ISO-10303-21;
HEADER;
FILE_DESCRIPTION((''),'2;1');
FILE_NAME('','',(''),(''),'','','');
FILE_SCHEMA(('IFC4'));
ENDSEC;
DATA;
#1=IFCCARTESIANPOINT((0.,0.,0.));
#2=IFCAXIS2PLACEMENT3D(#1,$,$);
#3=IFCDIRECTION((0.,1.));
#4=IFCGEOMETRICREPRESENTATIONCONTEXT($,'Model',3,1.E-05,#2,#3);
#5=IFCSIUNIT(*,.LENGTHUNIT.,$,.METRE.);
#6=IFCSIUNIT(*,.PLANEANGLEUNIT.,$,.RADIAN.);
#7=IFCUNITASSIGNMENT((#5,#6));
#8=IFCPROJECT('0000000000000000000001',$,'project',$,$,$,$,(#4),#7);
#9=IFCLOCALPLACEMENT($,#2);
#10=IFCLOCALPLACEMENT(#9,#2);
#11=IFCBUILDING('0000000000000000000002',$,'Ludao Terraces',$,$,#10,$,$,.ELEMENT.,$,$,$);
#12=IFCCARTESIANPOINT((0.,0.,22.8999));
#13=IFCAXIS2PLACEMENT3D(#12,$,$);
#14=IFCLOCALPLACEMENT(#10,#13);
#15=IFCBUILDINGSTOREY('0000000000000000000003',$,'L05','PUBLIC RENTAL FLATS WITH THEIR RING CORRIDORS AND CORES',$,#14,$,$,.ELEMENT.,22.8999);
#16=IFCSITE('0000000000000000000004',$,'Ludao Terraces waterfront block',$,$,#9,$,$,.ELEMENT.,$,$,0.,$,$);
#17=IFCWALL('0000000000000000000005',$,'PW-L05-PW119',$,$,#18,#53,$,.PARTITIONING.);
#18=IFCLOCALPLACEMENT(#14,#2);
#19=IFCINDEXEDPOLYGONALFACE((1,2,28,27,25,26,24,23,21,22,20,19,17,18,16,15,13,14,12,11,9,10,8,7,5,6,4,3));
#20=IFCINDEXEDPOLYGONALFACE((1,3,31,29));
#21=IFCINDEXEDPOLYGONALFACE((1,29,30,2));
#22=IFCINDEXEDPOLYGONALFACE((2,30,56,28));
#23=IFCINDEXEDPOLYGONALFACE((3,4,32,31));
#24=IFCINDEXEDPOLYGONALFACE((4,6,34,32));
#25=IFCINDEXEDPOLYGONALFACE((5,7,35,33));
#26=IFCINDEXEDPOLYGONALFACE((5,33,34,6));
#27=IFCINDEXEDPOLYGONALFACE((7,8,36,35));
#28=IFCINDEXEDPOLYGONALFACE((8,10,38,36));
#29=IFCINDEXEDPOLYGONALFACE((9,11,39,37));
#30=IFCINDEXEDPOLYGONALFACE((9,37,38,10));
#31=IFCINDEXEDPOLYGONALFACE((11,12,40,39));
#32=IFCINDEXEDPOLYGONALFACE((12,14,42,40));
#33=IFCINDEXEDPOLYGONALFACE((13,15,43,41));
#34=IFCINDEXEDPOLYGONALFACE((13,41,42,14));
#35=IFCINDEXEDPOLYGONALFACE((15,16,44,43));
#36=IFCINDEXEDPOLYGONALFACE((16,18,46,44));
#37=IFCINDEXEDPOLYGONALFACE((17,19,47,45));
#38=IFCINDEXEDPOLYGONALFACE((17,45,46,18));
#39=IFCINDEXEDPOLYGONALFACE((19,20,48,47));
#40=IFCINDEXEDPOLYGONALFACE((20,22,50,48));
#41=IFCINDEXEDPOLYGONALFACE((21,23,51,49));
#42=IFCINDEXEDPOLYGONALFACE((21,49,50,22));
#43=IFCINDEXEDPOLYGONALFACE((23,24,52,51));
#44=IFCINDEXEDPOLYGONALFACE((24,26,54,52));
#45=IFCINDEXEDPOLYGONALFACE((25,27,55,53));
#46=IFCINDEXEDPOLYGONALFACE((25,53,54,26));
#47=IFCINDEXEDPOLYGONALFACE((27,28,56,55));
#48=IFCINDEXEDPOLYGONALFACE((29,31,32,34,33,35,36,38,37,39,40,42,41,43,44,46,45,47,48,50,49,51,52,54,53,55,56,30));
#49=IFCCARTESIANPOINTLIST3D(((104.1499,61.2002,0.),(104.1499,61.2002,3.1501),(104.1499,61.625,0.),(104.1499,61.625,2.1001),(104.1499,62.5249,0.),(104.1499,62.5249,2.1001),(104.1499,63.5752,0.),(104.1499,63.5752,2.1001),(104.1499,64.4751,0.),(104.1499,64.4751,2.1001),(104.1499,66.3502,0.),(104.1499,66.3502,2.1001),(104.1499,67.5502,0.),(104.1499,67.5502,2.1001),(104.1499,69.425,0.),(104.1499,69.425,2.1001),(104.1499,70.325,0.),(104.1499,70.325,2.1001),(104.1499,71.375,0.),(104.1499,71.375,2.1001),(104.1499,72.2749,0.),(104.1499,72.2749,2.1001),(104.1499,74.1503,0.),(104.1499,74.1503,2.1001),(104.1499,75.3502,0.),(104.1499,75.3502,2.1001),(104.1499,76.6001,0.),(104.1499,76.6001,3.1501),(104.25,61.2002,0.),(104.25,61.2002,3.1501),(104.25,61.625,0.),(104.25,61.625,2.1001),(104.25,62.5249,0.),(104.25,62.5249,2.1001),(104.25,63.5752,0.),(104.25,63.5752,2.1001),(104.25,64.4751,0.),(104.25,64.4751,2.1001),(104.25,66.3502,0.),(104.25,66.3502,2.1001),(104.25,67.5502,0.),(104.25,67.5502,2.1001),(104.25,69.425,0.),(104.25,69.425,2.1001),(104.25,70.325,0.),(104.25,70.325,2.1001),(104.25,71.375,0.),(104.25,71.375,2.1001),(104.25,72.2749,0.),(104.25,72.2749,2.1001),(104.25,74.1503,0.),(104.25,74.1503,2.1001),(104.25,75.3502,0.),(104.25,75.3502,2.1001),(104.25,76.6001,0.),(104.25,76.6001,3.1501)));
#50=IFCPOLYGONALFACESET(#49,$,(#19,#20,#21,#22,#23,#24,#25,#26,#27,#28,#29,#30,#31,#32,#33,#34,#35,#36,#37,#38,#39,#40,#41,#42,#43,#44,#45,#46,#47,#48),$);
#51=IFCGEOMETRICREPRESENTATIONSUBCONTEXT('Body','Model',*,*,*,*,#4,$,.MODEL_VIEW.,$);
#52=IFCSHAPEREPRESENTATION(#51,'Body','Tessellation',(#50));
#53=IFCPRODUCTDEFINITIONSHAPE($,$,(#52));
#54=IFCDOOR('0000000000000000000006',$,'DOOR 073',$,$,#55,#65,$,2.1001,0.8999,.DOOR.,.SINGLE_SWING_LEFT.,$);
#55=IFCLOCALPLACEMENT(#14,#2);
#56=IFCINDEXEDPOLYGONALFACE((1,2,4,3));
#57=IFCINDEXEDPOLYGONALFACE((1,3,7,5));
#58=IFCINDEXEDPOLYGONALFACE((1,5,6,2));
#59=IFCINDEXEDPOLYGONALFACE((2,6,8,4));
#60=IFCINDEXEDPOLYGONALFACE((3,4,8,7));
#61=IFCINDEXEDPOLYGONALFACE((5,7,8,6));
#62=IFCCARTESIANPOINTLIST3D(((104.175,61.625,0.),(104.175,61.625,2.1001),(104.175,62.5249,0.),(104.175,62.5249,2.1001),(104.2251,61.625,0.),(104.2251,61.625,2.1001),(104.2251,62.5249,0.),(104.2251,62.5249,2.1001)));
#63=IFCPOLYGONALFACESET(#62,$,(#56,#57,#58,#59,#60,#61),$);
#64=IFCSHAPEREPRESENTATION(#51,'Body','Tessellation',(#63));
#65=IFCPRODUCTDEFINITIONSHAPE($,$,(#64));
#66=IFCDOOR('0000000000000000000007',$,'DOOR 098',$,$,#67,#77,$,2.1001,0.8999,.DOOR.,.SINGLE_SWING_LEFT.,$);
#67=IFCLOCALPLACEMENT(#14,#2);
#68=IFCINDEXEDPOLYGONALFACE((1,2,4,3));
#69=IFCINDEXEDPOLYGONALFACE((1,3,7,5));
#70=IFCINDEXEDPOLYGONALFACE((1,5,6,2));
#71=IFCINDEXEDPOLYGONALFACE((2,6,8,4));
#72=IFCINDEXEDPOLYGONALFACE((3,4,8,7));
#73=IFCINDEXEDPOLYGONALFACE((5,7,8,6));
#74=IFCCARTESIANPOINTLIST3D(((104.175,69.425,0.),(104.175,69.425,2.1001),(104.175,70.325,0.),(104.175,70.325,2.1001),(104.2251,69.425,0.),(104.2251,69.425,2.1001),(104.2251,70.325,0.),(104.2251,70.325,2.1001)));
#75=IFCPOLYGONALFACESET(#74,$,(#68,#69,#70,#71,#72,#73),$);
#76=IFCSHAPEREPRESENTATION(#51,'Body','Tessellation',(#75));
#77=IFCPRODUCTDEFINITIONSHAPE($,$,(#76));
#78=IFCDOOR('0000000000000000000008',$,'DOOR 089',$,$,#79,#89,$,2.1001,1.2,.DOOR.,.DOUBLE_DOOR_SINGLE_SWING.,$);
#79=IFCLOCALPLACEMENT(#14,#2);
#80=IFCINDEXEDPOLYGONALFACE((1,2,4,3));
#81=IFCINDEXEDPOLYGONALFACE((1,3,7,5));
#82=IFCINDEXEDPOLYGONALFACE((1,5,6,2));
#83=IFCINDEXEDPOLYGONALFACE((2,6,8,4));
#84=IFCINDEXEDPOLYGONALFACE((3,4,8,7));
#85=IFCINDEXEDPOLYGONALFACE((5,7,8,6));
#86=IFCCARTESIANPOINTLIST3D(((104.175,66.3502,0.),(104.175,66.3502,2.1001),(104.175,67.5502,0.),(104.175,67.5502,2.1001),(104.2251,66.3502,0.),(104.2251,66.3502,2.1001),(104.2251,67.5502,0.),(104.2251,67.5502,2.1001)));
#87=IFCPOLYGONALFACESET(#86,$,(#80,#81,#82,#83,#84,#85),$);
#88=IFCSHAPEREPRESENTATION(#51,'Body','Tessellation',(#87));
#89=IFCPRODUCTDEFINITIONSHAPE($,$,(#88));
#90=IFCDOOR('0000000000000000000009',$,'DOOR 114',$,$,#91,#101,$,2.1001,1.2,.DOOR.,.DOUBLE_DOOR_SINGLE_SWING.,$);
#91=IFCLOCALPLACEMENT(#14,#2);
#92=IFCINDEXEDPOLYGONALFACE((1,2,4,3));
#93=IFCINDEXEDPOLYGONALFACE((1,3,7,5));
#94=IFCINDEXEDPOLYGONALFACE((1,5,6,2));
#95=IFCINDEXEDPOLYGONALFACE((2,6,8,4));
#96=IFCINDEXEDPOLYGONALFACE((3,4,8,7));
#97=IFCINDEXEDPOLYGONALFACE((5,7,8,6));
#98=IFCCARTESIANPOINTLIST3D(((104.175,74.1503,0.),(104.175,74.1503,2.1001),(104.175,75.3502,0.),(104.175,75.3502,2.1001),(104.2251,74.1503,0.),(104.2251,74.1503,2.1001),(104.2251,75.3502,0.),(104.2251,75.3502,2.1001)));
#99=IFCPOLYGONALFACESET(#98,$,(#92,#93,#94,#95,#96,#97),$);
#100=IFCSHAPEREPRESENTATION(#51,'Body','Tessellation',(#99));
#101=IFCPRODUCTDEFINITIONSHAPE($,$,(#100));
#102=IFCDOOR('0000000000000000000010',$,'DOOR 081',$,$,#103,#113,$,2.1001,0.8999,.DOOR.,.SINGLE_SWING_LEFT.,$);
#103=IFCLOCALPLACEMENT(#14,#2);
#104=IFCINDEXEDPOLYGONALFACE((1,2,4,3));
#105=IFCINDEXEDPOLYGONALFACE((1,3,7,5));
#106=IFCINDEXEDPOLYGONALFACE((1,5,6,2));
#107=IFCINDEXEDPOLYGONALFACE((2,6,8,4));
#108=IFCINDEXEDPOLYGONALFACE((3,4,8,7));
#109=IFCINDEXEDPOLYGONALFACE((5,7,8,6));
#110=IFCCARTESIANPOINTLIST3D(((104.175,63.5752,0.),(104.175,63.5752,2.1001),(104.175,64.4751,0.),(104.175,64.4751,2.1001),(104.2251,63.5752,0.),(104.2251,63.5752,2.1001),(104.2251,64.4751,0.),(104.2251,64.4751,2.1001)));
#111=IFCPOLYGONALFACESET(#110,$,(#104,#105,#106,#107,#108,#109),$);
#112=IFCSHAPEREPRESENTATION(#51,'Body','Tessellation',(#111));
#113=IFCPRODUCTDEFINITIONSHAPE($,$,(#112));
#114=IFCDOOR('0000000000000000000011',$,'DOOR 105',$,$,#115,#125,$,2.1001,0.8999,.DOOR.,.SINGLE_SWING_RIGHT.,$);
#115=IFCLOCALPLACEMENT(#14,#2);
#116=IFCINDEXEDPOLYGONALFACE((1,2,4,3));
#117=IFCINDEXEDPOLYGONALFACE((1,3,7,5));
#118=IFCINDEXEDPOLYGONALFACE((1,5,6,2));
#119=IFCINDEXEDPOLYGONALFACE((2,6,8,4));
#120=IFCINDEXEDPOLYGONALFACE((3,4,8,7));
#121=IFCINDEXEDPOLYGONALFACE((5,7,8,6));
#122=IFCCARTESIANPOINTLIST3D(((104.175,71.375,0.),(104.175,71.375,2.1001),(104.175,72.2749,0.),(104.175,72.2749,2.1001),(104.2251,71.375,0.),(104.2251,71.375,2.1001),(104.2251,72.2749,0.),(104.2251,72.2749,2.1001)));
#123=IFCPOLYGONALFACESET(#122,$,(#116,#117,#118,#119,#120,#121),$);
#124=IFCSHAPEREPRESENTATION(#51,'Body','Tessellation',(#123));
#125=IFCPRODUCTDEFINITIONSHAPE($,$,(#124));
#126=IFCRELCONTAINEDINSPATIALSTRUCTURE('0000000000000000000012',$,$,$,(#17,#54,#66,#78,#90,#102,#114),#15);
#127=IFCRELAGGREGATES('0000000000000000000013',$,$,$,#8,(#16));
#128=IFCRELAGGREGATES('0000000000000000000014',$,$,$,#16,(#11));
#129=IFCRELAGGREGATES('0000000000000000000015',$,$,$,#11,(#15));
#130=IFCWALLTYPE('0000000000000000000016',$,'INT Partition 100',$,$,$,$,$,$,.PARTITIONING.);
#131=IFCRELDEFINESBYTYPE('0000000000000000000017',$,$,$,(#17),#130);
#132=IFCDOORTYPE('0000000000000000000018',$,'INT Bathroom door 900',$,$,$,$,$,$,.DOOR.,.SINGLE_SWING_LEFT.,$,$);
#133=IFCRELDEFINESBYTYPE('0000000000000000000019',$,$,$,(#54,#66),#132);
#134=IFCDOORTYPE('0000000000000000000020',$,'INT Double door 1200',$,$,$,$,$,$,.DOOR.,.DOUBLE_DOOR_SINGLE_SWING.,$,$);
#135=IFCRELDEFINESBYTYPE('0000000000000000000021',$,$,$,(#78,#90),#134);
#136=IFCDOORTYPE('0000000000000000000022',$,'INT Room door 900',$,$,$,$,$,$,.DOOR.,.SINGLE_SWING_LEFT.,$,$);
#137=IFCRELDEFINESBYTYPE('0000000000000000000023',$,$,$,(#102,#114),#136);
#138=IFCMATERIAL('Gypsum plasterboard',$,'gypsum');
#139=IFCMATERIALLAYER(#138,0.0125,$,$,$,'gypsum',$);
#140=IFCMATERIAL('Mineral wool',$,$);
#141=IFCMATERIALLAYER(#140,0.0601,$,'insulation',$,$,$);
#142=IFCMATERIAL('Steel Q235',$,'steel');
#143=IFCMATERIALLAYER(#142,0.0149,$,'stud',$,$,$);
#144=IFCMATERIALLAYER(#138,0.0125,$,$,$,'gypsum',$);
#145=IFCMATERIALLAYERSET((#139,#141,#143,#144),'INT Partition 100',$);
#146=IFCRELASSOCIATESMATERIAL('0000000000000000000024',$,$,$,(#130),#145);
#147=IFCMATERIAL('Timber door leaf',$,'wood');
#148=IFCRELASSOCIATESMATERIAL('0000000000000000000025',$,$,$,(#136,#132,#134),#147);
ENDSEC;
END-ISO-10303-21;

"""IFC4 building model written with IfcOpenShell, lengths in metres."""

from ifc_helpers import new_model, si_unit, direction, frame, frame_2d, origin, place, context, subcontext, project, spatial, rectangle, extrude, material, layer, layer_set, type_object, element, fill, save


model = new_model("IFC4")

# Units and contexts
model_context = context("Model", 3, precision=1e-05, world=origin(), true_north=direction((0.0, 1.0)))
body_context = subcontext(model_context, "Body", "Model", "MODEL_VIEW")
ifc_project = project(units=[si_unit("LENGTHUNIT", "METRE"), si_unit("PLANEANGLEUNIT", "RADIAN")], contexts=[model_context])

# Site, building, storey
site_placement = place(None, origin())
site = spatial("IfcSite", under=ifc_project, at=site_placement, Name="Ludao Terraces waterfront block", CompositionType="ELEMENT", RefElevation=0.0)
building_placement = place(site_placement, origin())
building = spatial("IfcBuilding", under=site, at=building_placement, Name="Ludao Terraces", CompositionType="ELEMENT")
storey_placement = place(building_placement, frame((0.0, 0.0, 22.8999)))
storey = spatial("IfcBuildingStorey", under=building, at=storey_placement, Name="L05", Description="PUBLIC RENTAL FLATS WITH THEIR RING CORRIDORS AND CORES", CompositionType="ELEMENT", Elevation=22.8999)

# Shared definitions
ifc_material_1 = material(Name="Gypsum plasterboard", Category="gypsum")
ifc_layer_1 = layer(ifc_material_1, 0.0125, Category="gypsum")
ifc_material_2 = material(Name="Mineral wool")
ifc_layer_2 = layer(ifc_material_2, 0.0601, Name="insulation")
ifc_material_3 = material(Name="Steel Q235", Category="steel")
ifc_layer_3 = layer(ifc_material_3, 0.0149, Name="stud")
ifc_layer_4 = layer(ifc_material_1, 0.0125, Category="gypsum")
ifc_layer_set = layer_set([ifc_layer_1, ifc_layer_2, ifc_layer_3, ifc_layer_4], Name="INT Partition 100")
wall_type = type_object("IfcWallType", Name="INT Partition 100", PredefinedType="PARTITIONING", material=ifc_layer_set)

# Wall, openings, doors
ifc_material_4 = material(Name="Timber door leaf", Category="wood")
door_type_1 = type_object("IfcDoorType", Name="INT Room door 900", OperationType="SINGLE_SWING_LEFT", PredefinedType="DOOR", material=ifc_material_4)
door_type_2 = type_object("IfcDoorType", Name="INT Bathroom door 900", OperationType="SINGLE_SWING_LEFT", PredefinedType="DOOR", material=ifc_material_4)
wall_1_placement = place(storey_placement, frame((104.2, 61.2002, 0.0), z_axis=(0.0, 0.0, 1.0), x_axis=(0.0, 1.0, 0.0)))
wall_1 = element("IfcWall", 1, at=wall_1_placement, inside=storey, type_object=wall_type, Name="PW-L05-PW119", PredefinedType="PARTITIONING", context=body_context, shape_type="SweptSolid", body=[
    extrude(rectangle(XDim=15.3999, YDim=0.1001, at=frame_2d((7.7, 0.0))), origin(), (0.0, 0.0, 1.0), 3.1501),
])
opening_1_placement = place(wall_1_placement, frame((0.4248, 0.0, 0.0)))
opening_1 = element("IfcOpeningElement", 2, at=opening_1_placement, cuts=wall_1, PredefinedType="OPENING", context=body_context, shape_type="SweptSolid", body=[
    extrude(rectangle(XDim=0.8999, YDim=2.1001, at=frame_2d((0.45, 1.05))), frame((0.0, 0.0601, 0.0), z_axis=(0.0, -1.0, 0.0), x_axis=(1.0, 0.0, 0.0)), (0.0, 0.0, 1.0), 0.1201),
])
opening_2_placement = place(wall_1_placement, frame((2.375, 0.0, 0.0)))
opening_2 = element("IfcOpeningElement", 3, at=opening_2_placement, cuts=wall_1, PredefinedType="OPENING", context=body_context, shape_type="SweptSolid", body=[
    extrude(rectangle(XDim=0.8999, YDim=2.1001, at=frame_2d((0.45, 1.05))), frame((0.0, 0.0601, 0.0), z_axis=(0.0, -1.0, 0.0), x_axis=(1.0, 0.0, 0.0)), (0.0, 0.0, 1.0), 0.1201),
])
opening_3_placement = place(wall_1_placement, frame((5.1499, 0.0, 0.0)))
opening_3 = element("IfcOpeningElement", 4, at=opening_3_placement, cuts=wall_1, PredefinedType="OPENING", context=body_context, shape_type="SweptSolid", body=[
    extrude(rectangle(XDim=1.2, YDim=2.1001, at=frame_2d((0.6001, 1.05))), frame((0.0, 0.0601, 0.0), z_axis=(0.0, -1.0, 0.0), x_axis=(1.0, 0.0, 0.0)), (0.0, 0.0, 1.0), 0.1201),
])
opening_4_placement = place(wall_1_placement, frame((8.2249, 0.0, 0.0)))
opening_4 = element("IfcOpeningElement", 5, at=opening_4_placement, cuts=wall_1, PredefinedType="OPENING", context=body_context, shape_type="SweptSolid", body=[
    extrude(rectangle(XDim=0.8999, YDim=2.1001, at=frame_2d((0.45, 1.05))), frame((0.0, 0.0601, 0.0), z_axis=(0.0, -1.0, 0.0), x_axis=(1.0, 0.0, 0.0)), (0.0, 0.0, 1.0), 0.1201),
])
opening_5_placement = place(wall_1_placement, frame((10.1748, 0.0, 0.0)))
opening_5 = element("IfcOpeningElement", 6, at=opening_5_placement, cuts=wall_1, PredefinedType="OPENING", context=body_context, shape_type="SweptSolid", body=[
    extrude(rectangle(XDim=0.8999, YDim=2.1001, at=frame_2d((0.45, 1.05))), frame((0.0, 0.0601, 0.0), z_axis=(0.0, -1.0, 0.0), x_axis=(1.0, 0.0, 0.0)), (0.0, 0.0, 1.0), 0.1201),
])
opening_6_placement = place(wall_1_placement, frame((12.95, 0.0, 0.0)))
opening_6 = element("IfcOpeningElement", 7, at=opening_6_placement, cuts=wall_1, PredefinedType="OPENING", context=body_context, shape_type="SweptSolid", body=[
    extrude(rectangle(XDim=1.2, YDim=2.1001, at=frame_2d((0.6001, 1.05))), frame((0.0, 0.0601, 0.0), z_axis=(0.0, -1.0, 0.0), x_axis=(1.0, 0.0, 0.0)), (0.0, 0.0, 1.0), 0.1201),
])
door_1_placement = place(opening_1_placement, origin())
door_1 = element("IfcDoor", 8, at=door_1_placement, inside=storey, type_object=door_type_2, Name="DOOR 073", OperationType="SINGLE_SWING_LEFT", OverallHeight=2.1001, OverallWidth=0.8999, PredefinedType="DOOR", context=body_context, shape_type="SweptSolid", body=[
    extrude(rectangle(XDim=0.8999, YDim=2.1001, at=frame_2d((0.45, 1.05))), frame((0.0, 0.0249, 0.0), z_axis=(0.0, -1.0, 0.0), x_axis=(1.0, 0.0, 0.0)), (0.0, 0.0, 1.0), 0.05),
])
fill(opening_1, door_1)
door_2_placement = place(opening_4_placement, origin())
door_2 = element("IfcDoor", 9, at=door_2_placement, inside=storey, type_object=door_type_2, Name="DOOR 098", OperationType="SINGLE_SWING_LEFT", OverallHeight=2.1001, OverallWidth=0.8999, PredefinedType="DOOR", context=body_context, shape_type="SweptSolid", body=[
    extrude(rectangle(XDim=0.8999, YDim=2.1001, at=frame_2d((0.45, 1.05))), frame((0.0, 0.0249, 0.0), z_axis=(0.0, -1.0, 0.0), x_axis=(1.0, 0.0, 0.0)), (0.0, 0.0, 1.0), 0.05),
])
fill(opening_4, door_2)
door_type_3 = type_object("IfcDoorType", Name="INT Double door 1200", OperationType="DOUBLE_DOOR_SINGLE_SWING", PredefinedType="DOOR", material=ifc_material_4)
door_3_placement = place(opening_3_placement, origin())
door_3 = element("IfcDoor", 10, at=door_3_placement, inside=storey, type_object=door_type_3, Name="DOOR 089", OperationType="DOUBLE_DOOR_SINGLE_SWING", OverallHeight=2.1001, OverallWidth=1.2, PredefinedType="DOOR", context=body_context, shape_type="SweptSolid", body=[
    extrude(rectangle(XDim=1.2, YDim=2.1001, at=frame_2d((0.6001, 1.05))), frame((0.0, 0.0249, 0.0), z_axis=(0.0, -1.0, 0.0), x_axis=(1.0, 0.0, 0.0)), (0.0, 0.0, 1.0), 0.05),
])
fill(opening_3, door_3)
door_4_placement = place(opening_6_placement, origin())
door_4 = element("IfcDoor", 11, at=door_4_placement, inside=storey, type_object=door_type_3, Name="DOOR 114", OperationType="DOUBLE_DOOR_SINGLE_SWING", OverallHeight=2.1001, OverallWidth=1.2, PredefinedType="DOOR", context=body_context, shape_type="SweptSolid", body=[
    extrude(rectangle(XDim=1.2, YDim=2.1001, at=frame_2d((0.6001, 1.05))), frame((0.0, 0.0249, 0.0), z_axis=(0.0, -1.0, 0.0), x_axis=(1.0, 0.0, 0.0)), (0.0, 0.0, 1.0), 0.05),
])
fill(opening_6, door_4)
door_5_placement = place(opening_2_placement, origin())
door_5 = element("IfcDoor", 12, at=door_5_placement, inside=storey, type_object=door_type_1, Name="DOOR 081", OperationType="SINGLE_SWING_LEFT", OverallHeight=2.1001, OverallWidth=0.8999, PredefinedType="DOOR", context=body_context, shape_type="SweptSolid", body=[
    extrude(rectangle(XDim=0.8999, YDim=2.1001, at=frame_2d((0.45, 1.05))), frame((0.0, 0.0249, 0.0), z_axis=(0.0, -1.0, 0.0), x_axis=(1.0, 0.0, 0.0)), (0.0, 0.0, 1.0), 0.05),
])
fill(opening_2, door_5)
door_6_placement = place(opening_5_placement, origin())
door_6 = element("IfcDoor", 13, at=door_6_placement, inside=storey, type_object=door_type_1, Name="DOOR 105", OperationType="SINGLE_SWING_RIGHT", OverallHeight=2.1001, OverallWidth=0.8999, PredefinedType="DOOR", context=body_context, shape_type="SweptSolid", body=[
    extrude(rectangle(XDim=0.8999, YDim=2.1001, at=frame_2d((0.45, 1.05))), frame((0.0, 0.0249, 0.0), z_axis=(0.0, -1.0, 0.0), x_axis=(1.0, 0.0, 0.0)), (0.0, 0.0, 1.0), 0.05),
])
fill(opening_5, door_6)

save(model, "model.ifc")
